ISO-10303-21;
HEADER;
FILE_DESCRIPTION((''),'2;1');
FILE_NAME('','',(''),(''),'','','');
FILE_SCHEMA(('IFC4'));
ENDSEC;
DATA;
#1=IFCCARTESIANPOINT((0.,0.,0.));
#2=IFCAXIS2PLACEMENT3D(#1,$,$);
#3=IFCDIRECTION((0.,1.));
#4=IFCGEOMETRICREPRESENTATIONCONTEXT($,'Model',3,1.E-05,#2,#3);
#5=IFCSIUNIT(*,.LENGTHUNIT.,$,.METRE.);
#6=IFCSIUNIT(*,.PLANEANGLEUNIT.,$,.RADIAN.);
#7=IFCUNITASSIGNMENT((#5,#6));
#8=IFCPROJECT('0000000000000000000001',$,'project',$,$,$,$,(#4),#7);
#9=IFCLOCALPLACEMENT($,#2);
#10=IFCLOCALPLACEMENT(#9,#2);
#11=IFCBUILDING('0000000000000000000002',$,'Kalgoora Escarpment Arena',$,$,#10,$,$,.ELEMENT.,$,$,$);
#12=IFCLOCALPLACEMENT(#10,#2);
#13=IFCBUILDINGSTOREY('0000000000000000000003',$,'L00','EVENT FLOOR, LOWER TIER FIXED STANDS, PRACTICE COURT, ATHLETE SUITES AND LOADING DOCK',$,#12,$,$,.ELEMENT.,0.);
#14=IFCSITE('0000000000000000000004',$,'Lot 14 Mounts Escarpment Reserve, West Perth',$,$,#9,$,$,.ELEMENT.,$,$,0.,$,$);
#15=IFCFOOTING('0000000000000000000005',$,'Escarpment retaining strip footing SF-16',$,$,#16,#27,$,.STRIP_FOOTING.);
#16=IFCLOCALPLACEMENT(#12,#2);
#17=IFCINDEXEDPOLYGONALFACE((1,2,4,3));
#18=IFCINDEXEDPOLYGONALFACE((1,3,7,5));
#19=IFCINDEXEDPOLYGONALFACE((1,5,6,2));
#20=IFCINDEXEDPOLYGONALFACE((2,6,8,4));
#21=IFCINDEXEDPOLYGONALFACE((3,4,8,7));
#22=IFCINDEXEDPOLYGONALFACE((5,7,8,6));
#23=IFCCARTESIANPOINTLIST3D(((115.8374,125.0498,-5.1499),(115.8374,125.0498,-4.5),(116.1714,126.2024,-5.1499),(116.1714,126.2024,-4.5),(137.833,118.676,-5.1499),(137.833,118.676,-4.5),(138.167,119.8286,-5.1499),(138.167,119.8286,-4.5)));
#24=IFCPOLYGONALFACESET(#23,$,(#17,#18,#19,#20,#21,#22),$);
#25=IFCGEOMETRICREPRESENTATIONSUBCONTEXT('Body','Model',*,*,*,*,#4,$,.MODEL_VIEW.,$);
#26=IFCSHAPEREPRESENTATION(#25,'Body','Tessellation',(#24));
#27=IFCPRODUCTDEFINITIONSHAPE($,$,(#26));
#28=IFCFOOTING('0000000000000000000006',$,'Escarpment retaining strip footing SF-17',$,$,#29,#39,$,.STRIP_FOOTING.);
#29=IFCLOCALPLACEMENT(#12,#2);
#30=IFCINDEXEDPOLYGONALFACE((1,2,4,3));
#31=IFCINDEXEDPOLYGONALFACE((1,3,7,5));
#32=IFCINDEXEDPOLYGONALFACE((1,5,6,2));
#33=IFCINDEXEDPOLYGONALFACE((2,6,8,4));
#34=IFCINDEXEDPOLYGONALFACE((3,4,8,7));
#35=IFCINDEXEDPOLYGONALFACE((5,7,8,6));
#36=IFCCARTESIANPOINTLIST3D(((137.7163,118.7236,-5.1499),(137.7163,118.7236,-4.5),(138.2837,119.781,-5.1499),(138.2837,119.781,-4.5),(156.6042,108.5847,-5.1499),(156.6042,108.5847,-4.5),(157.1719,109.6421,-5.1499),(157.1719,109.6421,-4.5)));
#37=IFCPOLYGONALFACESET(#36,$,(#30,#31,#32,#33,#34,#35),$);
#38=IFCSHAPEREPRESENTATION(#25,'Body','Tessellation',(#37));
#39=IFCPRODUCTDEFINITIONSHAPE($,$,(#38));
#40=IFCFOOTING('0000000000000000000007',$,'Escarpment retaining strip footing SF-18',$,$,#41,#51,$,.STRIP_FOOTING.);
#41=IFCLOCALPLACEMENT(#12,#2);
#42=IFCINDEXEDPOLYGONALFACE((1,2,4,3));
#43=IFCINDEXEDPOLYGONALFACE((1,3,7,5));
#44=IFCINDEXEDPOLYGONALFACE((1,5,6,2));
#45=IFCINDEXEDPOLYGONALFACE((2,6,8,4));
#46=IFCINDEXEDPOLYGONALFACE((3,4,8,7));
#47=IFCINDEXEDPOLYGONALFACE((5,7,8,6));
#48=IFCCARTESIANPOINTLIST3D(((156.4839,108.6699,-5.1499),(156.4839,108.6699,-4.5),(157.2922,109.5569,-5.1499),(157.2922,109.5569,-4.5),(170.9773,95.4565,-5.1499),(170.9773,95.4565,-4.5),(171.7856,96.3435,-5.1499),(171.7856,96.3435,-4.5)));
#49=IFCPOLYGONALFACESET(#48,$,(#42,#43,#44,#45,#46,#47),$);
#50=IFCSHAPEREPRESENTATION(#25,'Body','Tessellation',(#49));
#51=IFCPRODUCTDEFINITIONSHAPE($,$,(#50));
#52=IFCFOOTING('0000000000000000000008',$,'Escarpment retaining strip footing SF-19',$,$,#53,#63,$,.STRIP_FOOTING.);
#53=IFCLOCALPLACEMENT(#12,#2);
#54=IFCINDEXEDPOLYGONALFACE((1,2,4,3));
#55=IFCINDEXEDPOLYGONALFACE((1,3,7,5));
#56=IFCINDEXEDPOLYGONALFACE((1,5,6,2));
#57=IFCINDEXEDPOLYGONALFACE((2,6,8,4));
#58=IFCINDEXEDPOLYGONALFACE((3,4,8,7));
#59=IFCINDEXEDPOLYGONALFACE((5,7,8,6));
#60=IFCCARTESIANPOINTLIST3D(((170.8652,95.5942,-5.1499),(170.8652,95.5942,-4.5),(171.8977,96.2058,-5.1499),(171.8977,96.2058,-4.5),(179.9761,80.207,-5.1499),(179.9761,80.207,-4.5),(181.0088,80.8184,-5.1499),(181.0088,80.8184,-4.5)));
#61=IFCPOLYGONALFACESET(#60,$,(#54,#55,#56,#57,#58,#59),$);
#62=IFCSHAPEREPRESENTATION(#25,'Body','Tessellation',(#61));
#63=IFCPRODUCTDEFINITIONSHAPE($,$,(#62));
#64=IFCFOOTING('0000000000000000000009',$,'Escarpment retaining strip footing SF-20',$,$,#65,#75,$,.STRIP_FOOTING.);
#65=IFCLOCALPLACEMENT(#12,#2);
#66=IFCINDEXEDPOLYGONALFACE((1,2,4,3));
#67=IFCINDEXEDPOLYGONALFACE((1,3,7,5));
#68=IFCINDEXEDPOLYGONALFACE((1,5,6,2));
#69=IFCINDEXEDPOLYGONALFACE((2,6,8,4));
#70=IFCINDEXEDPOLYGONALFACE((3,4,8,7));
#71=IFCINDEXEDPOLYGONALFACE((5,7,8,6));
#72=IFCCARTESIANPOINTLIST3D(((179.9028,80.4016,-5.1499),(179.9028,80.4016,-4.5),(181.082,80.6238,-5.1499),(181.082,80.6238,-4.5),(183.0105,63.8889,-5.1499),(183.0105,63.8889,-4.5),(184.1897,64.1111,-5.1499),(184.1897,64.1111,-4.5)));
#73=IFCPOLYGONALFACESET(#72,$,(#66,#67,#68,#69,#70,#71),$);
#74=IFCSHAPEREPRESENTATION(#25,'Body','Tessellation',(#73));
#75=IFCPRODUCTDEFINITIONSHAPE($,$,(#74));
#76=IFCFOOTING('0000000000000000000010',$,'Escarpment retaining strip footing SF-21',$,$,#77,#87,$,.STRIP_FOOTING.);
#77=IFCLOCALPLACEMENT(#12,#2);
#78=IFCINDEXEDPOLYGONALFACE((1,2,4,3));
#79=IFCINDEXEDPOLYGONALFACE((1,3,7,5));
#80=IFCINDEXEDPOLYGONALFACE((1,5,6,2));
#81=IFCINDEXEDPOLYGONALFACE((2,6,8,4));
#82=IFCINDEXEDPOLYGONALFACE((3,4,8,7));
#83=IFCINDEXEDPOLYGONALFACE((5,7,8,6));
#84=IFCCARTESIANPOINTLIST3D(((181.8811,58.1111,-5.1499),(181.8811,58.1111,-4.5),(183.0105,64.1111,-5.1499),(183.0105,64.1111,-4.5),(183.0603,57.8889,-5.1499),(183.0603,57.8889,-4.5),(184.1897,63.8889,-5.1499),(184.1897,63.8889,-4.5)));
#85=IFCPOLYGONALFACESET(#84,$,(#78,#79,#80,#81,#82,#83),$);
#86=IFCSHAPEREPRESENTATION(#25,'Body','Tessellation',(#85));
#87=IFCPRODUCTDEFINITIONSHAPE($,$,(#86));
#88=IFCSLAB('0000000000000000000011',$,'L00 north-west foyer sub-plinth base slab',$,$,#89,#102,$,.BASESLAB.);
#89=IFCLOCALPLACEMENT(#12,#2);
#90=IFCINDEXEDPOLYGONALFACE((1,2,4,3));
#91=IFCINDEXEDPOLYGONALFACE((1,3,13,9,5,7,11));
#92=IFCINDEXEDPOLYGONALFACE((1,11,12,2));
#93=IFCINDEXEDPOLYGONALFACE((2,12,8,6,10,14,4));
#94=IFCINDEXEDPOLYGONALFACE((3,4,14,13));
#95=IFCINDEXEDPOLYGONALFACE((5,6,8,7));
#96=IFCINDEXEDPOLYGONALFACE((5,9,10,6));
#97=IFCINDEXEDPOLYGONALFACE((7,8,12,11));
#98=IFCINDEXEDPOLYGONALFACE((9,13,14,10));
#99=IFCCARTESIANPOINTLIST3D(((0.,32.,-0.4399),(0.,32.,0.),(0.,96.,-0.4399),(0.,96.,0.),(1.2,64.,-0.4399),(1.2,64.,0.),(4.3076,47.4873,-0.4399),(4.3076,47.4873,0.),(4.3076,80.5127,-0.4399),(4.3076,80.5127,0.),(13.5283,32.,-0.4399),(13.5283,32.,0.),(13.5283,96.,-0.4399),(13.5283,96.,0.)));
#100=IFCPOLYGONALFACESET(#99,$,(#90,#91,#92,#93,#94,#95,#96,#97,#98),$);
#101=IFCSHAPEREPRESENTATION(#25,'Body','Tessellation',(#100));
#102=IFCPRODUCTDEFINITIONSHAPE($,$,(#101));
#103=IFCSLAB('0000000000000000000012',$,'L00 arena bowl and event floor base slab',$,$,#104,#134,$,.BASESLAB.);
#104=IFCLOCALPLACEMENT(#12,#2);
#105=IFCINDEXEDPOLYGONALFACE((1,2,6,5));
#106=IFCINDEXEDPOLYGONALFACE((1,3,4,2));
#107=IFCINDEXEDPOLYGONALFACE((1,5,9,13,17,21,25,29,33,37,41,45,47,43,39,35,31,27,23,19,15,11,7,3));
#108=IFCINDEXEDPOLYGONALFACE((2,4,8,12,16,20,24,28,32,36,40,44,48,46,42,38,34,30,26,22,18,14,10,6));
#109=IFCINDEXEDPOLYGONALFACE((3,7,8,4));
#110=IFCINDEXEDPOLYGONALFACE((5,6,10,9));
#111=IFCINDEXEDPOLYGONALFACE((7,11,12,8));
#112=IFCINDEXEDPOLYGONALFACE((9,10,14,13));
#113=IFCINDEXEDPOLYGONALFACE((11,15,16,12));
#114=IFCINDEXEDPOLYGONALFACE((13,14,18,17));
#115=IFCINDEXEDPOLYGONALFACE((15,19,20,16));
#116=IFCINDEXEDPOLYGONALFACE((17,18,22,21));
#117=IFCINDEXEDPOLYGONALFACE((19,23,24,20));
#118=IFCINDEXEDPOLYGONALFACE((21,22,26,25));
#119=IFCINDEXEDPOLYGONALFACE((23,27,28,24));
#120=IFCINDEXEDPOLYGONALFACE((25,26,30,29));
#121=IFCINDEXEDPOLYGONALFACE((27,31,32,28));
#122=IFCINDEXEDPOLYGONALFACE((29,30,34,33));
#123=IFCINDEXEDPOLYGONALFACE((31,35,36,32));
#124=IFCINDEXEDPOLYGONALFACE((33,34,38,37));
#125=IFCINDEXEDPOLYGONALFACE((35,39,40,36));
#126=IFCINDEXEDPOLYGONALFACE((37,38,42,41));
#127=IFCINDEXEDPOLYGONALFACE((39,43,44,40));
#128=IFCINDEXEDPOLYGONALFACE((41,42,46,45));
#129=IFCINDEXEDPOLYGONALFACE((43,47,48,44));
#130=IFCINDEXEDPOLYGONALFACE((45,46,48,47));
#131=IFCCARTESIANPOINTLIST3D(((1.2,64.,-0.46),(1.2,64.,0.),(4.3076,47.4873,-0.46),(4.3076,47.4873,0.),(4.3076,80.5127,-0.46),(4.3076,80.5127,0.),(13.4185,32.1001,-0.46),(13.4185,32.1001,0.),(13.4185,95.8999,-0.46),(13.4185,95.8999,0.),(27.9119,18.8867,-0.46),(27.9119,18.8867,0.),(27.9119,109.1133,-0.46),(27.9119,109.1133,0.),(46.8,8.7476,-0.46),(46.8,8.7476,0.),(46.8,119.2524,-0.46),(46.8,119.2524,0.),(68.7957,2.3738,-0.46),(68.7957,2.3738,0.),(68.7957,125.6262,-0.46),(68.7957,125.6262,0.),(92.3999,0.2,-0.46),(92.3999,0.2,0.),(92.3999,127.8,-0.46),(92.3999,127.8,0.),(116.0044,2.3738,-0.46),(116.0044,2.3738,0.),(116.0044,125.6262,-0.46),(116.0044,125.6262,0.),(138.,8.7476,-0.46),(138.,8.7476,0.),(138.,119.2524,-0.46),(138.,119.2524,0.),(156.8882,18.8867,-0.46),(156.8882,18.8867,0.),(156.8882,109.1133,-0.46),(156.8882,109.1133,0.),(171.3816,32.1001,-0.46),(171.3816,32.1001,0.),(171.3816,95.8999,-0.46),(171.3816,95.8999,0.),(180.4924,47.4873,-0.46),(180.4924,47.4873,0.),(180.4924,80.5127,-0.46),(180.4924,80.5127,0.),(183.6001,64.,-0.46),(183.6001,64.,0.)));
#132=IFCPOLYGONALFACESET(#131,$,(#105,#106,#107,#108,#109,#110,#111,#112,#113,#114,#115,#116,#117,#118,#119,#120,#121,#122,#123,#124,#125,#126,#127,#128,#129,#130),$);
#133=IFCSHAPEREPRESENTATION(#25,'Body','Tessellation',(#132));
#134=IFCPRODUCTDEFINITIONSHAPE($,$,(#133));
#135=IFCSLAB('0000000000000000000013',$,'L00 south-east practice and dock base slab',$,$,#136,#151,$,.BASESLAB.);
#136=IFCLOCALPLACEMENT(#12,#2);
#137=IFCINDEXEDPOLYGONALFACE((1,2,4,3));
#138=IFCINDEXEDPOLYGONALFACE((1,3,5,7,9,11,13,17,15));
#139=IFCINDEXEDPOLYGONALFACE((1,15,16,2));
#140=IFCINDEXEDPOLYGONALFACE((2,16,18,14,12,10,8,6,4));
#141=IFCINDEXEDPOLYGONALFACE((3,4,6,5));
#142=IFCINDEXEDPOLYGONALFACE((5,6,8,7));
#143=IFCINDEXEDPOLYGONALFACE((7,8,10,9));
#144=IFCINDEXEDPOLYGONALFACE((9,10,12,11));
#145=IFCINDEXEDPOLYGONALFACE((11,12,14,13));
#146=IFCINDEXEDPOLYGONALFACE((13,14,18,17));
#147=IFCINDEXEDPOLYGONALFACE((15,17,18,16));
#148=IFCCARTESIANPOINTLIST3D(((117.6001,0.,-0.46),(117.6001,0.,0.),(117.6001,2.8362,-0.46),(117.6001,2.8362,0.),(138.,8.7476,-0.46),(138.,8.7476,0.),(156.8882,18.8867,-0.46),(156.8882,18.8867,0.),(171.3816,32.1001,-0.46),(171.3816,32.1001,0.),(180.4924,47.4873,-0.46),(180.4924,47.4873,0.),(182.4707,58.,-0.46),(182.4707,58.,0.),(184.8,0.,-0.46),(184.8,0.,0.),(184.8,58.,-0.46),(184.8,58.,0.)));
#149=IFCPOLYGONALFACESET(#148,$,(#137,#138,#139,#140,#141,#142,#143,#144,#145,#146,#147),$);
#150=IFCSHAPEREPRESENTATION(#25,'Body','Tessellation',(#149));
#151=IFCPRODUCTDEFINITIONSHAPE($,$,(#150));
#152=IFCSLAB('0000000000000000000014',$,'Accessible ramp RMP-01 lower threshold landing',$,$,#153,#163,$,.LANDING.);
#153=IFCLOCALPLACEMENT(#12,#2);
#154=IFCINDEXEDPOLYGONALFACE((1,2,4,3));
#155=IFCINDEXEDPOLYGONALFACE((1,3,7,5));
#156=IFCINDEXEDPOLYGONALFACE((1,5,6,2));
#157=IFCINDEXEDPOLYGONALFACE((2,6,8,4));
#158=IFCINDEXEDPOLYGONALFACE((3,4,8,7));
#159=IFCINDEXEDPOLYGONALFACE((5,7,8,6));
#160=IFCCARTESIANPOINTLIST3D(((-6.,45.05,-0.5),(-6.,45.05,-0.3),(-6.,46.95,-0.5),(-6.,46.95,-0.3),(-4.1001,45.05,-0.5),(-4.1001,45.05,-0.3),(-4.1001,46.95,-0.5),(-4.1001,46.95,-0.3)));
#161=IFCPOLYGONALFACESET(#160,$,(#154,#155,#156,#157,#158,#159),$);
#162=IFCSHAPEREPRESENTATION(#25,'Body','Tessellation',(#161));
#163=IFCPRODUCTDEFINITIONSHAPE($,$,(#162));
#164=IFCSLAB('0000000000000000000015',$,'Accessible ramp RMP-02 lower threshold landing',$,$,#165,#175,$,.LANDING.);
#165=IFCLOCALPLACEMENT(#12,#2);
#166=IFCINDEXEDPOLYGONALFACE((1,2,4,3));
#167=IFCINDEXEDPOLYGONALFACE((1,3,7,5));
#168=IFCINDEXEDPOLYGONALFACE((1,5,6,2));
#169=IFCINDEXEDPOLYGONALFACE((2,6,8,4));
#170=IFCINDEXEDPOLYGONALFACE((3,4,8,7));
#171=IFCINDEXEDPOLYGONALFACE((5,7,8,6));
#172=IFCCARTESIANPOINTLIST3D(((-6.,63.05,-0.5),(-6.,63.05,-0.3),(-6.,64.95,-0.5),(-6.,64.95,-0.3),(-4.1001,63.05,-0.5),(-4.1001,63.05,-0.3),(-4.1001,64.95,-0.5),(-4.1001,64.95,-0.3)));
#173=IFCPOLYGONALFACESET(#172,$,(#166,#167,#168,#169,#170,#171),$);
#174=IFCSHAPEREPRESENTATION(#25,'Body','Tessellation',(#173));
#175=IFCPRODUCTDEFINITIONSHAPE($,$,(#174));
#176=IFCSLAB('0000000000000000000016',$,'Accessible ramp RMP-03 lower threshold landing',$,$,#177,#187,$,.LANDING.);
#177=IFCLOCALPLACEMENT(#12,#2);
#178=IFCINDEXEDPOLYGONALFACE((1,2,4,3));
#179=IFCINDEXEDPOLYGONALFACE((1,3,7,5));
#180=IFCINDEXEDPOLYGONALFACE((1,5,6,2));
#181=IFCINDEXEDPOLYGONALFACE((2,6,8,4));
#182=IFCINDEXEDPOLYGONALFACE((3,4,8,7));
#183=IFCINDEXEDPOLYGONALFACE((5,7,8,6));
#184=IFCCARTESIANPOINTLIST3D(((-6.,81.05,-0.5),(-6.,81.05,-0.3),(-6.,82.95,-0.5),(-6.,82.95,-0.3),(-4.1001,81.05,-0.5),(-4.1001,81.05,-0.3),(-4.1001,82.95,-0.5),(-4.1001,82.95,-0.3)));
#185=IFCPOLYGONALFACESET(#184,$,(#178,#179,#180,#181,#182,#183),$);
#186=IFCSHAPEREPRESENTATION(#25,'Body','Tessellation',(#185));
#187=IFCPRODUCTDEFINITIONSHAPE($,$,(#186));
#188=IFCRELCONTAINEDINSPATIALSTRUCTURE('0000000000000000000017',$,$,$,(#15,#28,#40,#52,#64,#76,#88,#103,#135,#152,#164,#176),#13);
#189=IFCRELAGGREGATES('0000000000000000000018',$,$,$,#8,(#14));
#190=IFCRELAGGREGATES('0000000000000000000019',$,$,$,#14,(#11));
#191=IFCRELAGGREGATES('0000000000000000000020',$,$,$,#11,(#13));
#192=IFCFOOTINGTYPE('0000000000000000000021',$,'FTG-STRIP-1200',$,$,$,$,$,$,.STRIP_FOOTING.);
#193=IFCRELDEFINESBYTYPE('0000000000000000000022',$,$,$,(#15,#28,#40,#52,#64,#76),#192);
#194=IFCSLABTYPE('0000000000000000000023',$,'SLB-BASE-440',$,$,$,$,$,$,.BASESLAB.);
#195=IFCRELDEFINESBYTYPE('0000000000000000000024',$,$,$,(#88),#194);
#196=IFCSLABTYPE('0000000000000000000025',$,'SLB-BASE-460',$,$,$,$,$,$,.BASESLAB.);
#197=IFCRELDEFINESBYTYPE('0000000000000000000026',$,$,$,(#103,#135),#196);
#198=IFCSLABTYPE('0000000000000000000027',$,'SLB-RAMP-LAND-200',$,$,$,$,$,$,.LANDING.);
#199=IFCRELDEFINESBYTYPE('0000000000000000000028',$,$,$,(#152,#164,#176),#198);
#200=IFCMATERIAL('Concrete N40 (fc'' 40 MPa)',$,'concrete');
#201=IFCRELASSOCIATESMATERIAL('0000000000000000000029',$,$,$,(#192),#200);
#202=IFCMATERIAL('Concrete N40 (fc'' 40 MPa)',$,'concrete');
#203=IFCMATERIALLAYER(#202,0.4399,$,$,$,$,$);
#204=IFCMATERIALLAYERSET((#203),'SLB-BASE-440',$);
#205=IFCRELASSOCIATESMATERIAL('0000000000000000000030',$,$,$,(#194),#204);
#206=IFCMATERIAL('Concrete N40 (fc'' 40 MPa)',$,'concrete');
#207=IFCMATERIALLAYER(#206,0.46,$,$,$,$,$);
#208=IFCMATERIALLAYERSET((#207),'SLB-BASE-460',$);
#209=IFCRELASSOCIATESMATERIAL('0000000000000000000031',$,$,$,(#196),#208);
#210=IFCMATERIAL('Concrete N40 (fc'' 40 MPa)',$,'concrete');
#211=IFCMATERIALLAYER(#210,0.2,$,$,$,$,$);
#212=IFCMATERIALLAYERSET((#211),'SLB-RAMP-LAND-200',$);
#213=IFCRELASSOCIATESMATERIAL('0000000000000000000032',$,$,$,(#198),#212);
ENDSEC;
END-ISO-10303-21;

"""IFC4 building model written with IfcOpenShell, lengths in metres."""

from ifc_helpers import new_model, si_unit, direction, frame, origin, place, context, subcontext, project, spatial, polyline, outline, extrude, material, layer, layer_set, type_object, element, save


model = new_model("IFC4")

# Units and contexts
model_context = context("Model", 3, precision=1e-05, world=origin(), true_north=direction((0.0, 1.0)))
body_context = subcontext(model_context, "Body", "Model", "MODEL_VIEW")
ifc_project = project(units=[si_unit("LENGTHUNIT", "METRE"), si_unit("PLANEANGLEUNIT", "RADIAN")], contexts=[model_context])

# Site, building, storey
site_placement = place(None, origin())
site = spatial("IfcSite", under=ifc_project, at=site_placement, Name="Lot 14 Mounts Escarpment Reserve, West Perth", CompositionType="ELEMENT", RefElevation=0.0)
building_placement = place(site_placement, origin())
building = spatial("IfcBuilding", under=site, at=building_placement, Name="Kalgoora Escarpment Arena", CompositionType="ELEMENT")
storey_placement = place(building_placement, origin())
storey = spatial("IfcBuildingStorey", under=building, at=storey_placement, Name="L00", Description="EVENT FLOOR, LOWER TIER FIXED STANDS, PRACTICE COURT, ATHLETE SUITES AND LOADING DOCK", CompositionType="ELEMENT", Elevation=0.0)

# Footings
ifc_material_1 = material(Name="Concrete N40 (fc' 40 MPa)", Category="concrete")
footing_type = type_object("IfcFootingType", Name="FTG-STRIP-1200", PredefinedType="STRIP_FOOTING", material=ifc_material_1)
footing_1_placement = place(storey_placement, frame((0.0, 0.0, -5.1499)))
element("IfcFooting", 1, at=footing_1_placement, inside=storey, type_object=footing_type, Name="Escarpment retaining strip footing SF-16", PredefinedType="STRIP_FOOTING", context=body_context, shape_type="SweptSolid", body=[
    extrude(outline(polyline([(115.8374, 125.0498), (137.833, 118.676), (138.167, 119.8286), (116.1714, 126.2024), (115.8374, 125.0498)])), origin(), (0.0, 0.0, 1.0), 0.6499),
])
footing_2_placement = place(storey_placement, frame((0.0, 0.0, -5.1499)))
element("IfcFooting", 2, at=footing_2_placement, inside=storey, type_object=footing_type, Name="Escarpment retaining strip footing SF-17", PredefinedType="STRIP_FOOTING", context=body_context, shape_type="SweptSolid", body=[
    extrude(outline(polyline([(137.7163, 118.7236), (156.6042, 108.5847), (157.1719, 109.6421), (138.2837, 119.781), (137.7163, 118.7236)])), origin(), (0.0, 0.0, 1.0), 0.6499),
])
footing_3_placement = place(storey_placement, frame((0.0, 0.0, -5.1499)))
element("IfcFooting", 3, at=footing_3_placement, inside=storey, type_object=footing_type, Name="Escarpment retaining strip footing SF-18", PredefinedType="STRIP_FOOTING", context=body_context, shape_type="SweptSolid", body=[
    extrude(outline(polyline([(156.4839, 108.6699), (170.9773, 95.4565), (171.7856, 96.3435), (157.2922, 109.5569), (156.4839, 108.6699)])), origin(), (0.0, 0.0, 1.0), 0.6499),
])
footing_4_placement = place(storey_placement, frame((0.0, 0.0, -5.1499)))
element("IfcFooting", 4, at=footing_4_placement, inside=storey, type_object=footing_type, Name="Escarpment retaining strip footing SF-19", PredefinedType="STRIP_FOOTING", context=body_context, shape_type="SweptSolid", body=[
    extrude(outline(polyline([(170.8652, 95.5942), (179.9761, 80.207), (181.0088, 80.8184), (171.8977, 96.2058), (170.8652, 95.5942)])), origin(), (0.0, 0.0, 1.0), 0.6499),
])
footing_5_placement = place(storey_placement, frame((0.0, 0.0, -5.1499)))
element("IfcFooting", 5, at=footing_5_placement, inside=storey, type_object=footing_type, Name="Escarpment retaining strip footing SF-20", PredefinedType="STRIP_FOOTING", context=body_context, shape_type="SweptSolid", body=[
    extrude(outline(polyline([(179.9028, 80.4016), (183.0105, 63.8889), (184.1897, 64.1111), (181.082, 80.6238), (179.9028, 80.4016)])), origin(), (0.0, 0.0, 1.0), 0.6499),
])
footing_6_placement = place(storey_placement, frame((0.0, 0.0, -5.1499)))
element("IfcFooting", 6, at=footing_6_placement, inside=storey, type_object=footing_type, Name="Escarpment retaining strip footing SF-21", PredefinedType="STRIP_FOOTING", context=body_context, shape_type="SweptSolid", body=[
    extrude(outline(polyline([(183.0105, 64.1111), (181.8811, 58.1111), (183.0603, 57.8889), (184.1897, 63.8889), (183.0105, 64.1111)])), origin(), (0.0, 0.0, 1.0), 0.6499),
])

# Slabs
ifc_material_2 = material(Name="Concrete N40 (fc' 40 MPa)", Category="concrete")
ifc_layer_1 = layer(ifc_material_2, 0.4399)
ifc_layer_set_1 = layer_set([ifc_layer_1], Name="SLB-BASE-440")
slab_type_1 = type_object("IfcSlabType", Name="SLB-BASE-440", PredefinedType="BASESLAB", material=ifc_layer_set_1)
slab_1_placement = place(storey_placement, frame((0.0, 0.0, -0.4399)))
element("IfcSlab", 7, at=slab_1_placement, inside=storey, type_object=slab_type_1, Name="L00 north-west foyer sub-plinth base slab", PredefinedType="BASESLAB", context=body_context, shape_type="SweptSolid", body=[
    extrude(outline(polyline([(0.0, 32.0), (0.0, 96.0), (13.5283, 96.0), (4.3076, 80.5127), (1.2, 64.0), (4.3076, 47.4873), (13.5283, 32.0), (0.0, 32.0)])), origin(), (0.0, 0.0, 1.0), 0.4399),
])
ifc_material_3 = material(Name="Concrete N40 (fc' 40 MPa)", Category="concrete")
ifc_layer_2 = layer(ifc_material_3, 0.46)
ifc_layer_set_2 = layer_set([ifc_layer_2], Name="SLB-BASE-460")
slab_type_2 = type_object("IfcSlabType", Name="SLB-BASE-460", PredefinedType="BASESLAB", material=ifc_layer_set_2)
slab_2_placement = place(storey_placement, frame((0.0, 0.0, -0.46)))
element("IfcSlab", 8, at=slab_2_placement, inside=storey, type_object=slab_type_2, Name="L00 arena bowl and event floor base slab", PredefinedType="BASESLAB", context=body_context, shape_type="SweptSolid", body=[
    extrude(outline(polyline([(180.4924, 47.4873), (171.3816, 32.1001), (156.8882, 18.8867), (138.0, 8.7476), (116.0044, 2.3738), (92.3999, 0.2), (68.7957, 2.3738), (46.8, 8.7476), (27.9119, 18.8867), (13.4185, 32.1001), (4.3076, 47.4873), (1.2, 64.0), (4.3076, 80.5127), (13.4185, 95.8999), (27.9119, 109.1133), (46.8, 119.2524), (68.7957, 125.6262), (92.3999, 127.8), (116.0044, 125.6262), (138.0, 119.2524), (156.8882, 109.1133), (171.3816, 95.8999), (180.4924, 80.5127), (183.6001, 64.0), (180.4924, 47.4873)])), origin(), (0.0, 0.0, 1.0), 0.46),
])
slab_3_placement = place(storey_placement, frame((0.0, 0.0, -0.46)))
element("IfcSlab", 9, at=slab_3_placement, inside=storey, type_object=slab_type_2, Name="L00 south-east practice and dock base slab", PredefinedType="BASESLAB", context=body_context, shape_type="SweptSolid", body=[
    extrude(outline(polyline([(184.8, 58.0), (184.8, 0.0), (117.6001, 0.0), (117.6001, 2.8362), (138.0, 8.7476), (156.8882, 18.8867), (171.3816, 32.1001), (180.4924, 47.4873), (182.4707, 58.0), (184.8, 58.0)])), origin(), (0.0, 0.0, 1.0), 0.46),
])
ifc_material_4 = material(Name="Concrete N40 (fc' 40 MPa)", Category="concrete")
ifc_layer_3 = layer(ifc_material_4, 0.2)
ifc_layer_set_3 = layer_set([ifc_layer_3], Name="SLB-RAMP-LAND-200")
slab_type_3 = type_object("IfcSlabType", Name="SLB-RAMP-LAND-200", PredefinedType="LANDING", material=ifc_layer_set_3)
slab_4_placement = place(storey_placement, frame((0.0, 0.0, -0.5)))
element("IfcSlab", 10, at=slab_4_placement, inside=storey, type_object=slab_type_3, Name="Accessible ramp RMP-01 lower threshold landing", PredefinedType="LANDING", context=body_context, shape_type="SweptSolid", body=[
    extrude(outline(polyline([(-6.0, 45.05), (-4.1001, 45.05), (-4.1001, 46.95), (-6.0, 46.95), (-6.0, 45.05)])), origin(), (0.0, 0.0, 1.0), 0.2),
])
slab_5_placement = place(storey_placement, frame((0.0, 0.0, -0.5)))
element("IfcSlab", 11, at=slab_5_placement, inside=storey, type_object=slab_type_3, Name="Accessible ramp RMP-02 lower threshold landing", PredefinedType="LANDING", context=body_context, shape_type="SweptSolid", body=[
    extrude(outline(polyline([(-6.0, 63.05), (-4.1001, 63.05), (-4.1001, 64.95), (-6.0, 64.95), (-6.0, 63.05)])), origin(), (0.0, 0.0, 1.0), 0.2),
])
slab_6_placement = place(storey_placement, frame((0.0, 0.0, -0.5)))
element("IfcSlab", 12, at=slab_6_placement, inside=storey, type_object=slab_type_3, Name="Accessible ramp RMP-03 lower threshold landing", PredefinedType="LANDING", context=body_context, shape_type="SweptSolid", body=[
    extrude(outline(polyline([(-6.0, 81.05), (-4.1001, 81.05), (-4.1001, 82.95), (-6.0, 82.95), (-6.0, 81.05)])), origin(), (0.0, 0.0, 1.0), 0.2),
])

save(model, "model.ifc")
